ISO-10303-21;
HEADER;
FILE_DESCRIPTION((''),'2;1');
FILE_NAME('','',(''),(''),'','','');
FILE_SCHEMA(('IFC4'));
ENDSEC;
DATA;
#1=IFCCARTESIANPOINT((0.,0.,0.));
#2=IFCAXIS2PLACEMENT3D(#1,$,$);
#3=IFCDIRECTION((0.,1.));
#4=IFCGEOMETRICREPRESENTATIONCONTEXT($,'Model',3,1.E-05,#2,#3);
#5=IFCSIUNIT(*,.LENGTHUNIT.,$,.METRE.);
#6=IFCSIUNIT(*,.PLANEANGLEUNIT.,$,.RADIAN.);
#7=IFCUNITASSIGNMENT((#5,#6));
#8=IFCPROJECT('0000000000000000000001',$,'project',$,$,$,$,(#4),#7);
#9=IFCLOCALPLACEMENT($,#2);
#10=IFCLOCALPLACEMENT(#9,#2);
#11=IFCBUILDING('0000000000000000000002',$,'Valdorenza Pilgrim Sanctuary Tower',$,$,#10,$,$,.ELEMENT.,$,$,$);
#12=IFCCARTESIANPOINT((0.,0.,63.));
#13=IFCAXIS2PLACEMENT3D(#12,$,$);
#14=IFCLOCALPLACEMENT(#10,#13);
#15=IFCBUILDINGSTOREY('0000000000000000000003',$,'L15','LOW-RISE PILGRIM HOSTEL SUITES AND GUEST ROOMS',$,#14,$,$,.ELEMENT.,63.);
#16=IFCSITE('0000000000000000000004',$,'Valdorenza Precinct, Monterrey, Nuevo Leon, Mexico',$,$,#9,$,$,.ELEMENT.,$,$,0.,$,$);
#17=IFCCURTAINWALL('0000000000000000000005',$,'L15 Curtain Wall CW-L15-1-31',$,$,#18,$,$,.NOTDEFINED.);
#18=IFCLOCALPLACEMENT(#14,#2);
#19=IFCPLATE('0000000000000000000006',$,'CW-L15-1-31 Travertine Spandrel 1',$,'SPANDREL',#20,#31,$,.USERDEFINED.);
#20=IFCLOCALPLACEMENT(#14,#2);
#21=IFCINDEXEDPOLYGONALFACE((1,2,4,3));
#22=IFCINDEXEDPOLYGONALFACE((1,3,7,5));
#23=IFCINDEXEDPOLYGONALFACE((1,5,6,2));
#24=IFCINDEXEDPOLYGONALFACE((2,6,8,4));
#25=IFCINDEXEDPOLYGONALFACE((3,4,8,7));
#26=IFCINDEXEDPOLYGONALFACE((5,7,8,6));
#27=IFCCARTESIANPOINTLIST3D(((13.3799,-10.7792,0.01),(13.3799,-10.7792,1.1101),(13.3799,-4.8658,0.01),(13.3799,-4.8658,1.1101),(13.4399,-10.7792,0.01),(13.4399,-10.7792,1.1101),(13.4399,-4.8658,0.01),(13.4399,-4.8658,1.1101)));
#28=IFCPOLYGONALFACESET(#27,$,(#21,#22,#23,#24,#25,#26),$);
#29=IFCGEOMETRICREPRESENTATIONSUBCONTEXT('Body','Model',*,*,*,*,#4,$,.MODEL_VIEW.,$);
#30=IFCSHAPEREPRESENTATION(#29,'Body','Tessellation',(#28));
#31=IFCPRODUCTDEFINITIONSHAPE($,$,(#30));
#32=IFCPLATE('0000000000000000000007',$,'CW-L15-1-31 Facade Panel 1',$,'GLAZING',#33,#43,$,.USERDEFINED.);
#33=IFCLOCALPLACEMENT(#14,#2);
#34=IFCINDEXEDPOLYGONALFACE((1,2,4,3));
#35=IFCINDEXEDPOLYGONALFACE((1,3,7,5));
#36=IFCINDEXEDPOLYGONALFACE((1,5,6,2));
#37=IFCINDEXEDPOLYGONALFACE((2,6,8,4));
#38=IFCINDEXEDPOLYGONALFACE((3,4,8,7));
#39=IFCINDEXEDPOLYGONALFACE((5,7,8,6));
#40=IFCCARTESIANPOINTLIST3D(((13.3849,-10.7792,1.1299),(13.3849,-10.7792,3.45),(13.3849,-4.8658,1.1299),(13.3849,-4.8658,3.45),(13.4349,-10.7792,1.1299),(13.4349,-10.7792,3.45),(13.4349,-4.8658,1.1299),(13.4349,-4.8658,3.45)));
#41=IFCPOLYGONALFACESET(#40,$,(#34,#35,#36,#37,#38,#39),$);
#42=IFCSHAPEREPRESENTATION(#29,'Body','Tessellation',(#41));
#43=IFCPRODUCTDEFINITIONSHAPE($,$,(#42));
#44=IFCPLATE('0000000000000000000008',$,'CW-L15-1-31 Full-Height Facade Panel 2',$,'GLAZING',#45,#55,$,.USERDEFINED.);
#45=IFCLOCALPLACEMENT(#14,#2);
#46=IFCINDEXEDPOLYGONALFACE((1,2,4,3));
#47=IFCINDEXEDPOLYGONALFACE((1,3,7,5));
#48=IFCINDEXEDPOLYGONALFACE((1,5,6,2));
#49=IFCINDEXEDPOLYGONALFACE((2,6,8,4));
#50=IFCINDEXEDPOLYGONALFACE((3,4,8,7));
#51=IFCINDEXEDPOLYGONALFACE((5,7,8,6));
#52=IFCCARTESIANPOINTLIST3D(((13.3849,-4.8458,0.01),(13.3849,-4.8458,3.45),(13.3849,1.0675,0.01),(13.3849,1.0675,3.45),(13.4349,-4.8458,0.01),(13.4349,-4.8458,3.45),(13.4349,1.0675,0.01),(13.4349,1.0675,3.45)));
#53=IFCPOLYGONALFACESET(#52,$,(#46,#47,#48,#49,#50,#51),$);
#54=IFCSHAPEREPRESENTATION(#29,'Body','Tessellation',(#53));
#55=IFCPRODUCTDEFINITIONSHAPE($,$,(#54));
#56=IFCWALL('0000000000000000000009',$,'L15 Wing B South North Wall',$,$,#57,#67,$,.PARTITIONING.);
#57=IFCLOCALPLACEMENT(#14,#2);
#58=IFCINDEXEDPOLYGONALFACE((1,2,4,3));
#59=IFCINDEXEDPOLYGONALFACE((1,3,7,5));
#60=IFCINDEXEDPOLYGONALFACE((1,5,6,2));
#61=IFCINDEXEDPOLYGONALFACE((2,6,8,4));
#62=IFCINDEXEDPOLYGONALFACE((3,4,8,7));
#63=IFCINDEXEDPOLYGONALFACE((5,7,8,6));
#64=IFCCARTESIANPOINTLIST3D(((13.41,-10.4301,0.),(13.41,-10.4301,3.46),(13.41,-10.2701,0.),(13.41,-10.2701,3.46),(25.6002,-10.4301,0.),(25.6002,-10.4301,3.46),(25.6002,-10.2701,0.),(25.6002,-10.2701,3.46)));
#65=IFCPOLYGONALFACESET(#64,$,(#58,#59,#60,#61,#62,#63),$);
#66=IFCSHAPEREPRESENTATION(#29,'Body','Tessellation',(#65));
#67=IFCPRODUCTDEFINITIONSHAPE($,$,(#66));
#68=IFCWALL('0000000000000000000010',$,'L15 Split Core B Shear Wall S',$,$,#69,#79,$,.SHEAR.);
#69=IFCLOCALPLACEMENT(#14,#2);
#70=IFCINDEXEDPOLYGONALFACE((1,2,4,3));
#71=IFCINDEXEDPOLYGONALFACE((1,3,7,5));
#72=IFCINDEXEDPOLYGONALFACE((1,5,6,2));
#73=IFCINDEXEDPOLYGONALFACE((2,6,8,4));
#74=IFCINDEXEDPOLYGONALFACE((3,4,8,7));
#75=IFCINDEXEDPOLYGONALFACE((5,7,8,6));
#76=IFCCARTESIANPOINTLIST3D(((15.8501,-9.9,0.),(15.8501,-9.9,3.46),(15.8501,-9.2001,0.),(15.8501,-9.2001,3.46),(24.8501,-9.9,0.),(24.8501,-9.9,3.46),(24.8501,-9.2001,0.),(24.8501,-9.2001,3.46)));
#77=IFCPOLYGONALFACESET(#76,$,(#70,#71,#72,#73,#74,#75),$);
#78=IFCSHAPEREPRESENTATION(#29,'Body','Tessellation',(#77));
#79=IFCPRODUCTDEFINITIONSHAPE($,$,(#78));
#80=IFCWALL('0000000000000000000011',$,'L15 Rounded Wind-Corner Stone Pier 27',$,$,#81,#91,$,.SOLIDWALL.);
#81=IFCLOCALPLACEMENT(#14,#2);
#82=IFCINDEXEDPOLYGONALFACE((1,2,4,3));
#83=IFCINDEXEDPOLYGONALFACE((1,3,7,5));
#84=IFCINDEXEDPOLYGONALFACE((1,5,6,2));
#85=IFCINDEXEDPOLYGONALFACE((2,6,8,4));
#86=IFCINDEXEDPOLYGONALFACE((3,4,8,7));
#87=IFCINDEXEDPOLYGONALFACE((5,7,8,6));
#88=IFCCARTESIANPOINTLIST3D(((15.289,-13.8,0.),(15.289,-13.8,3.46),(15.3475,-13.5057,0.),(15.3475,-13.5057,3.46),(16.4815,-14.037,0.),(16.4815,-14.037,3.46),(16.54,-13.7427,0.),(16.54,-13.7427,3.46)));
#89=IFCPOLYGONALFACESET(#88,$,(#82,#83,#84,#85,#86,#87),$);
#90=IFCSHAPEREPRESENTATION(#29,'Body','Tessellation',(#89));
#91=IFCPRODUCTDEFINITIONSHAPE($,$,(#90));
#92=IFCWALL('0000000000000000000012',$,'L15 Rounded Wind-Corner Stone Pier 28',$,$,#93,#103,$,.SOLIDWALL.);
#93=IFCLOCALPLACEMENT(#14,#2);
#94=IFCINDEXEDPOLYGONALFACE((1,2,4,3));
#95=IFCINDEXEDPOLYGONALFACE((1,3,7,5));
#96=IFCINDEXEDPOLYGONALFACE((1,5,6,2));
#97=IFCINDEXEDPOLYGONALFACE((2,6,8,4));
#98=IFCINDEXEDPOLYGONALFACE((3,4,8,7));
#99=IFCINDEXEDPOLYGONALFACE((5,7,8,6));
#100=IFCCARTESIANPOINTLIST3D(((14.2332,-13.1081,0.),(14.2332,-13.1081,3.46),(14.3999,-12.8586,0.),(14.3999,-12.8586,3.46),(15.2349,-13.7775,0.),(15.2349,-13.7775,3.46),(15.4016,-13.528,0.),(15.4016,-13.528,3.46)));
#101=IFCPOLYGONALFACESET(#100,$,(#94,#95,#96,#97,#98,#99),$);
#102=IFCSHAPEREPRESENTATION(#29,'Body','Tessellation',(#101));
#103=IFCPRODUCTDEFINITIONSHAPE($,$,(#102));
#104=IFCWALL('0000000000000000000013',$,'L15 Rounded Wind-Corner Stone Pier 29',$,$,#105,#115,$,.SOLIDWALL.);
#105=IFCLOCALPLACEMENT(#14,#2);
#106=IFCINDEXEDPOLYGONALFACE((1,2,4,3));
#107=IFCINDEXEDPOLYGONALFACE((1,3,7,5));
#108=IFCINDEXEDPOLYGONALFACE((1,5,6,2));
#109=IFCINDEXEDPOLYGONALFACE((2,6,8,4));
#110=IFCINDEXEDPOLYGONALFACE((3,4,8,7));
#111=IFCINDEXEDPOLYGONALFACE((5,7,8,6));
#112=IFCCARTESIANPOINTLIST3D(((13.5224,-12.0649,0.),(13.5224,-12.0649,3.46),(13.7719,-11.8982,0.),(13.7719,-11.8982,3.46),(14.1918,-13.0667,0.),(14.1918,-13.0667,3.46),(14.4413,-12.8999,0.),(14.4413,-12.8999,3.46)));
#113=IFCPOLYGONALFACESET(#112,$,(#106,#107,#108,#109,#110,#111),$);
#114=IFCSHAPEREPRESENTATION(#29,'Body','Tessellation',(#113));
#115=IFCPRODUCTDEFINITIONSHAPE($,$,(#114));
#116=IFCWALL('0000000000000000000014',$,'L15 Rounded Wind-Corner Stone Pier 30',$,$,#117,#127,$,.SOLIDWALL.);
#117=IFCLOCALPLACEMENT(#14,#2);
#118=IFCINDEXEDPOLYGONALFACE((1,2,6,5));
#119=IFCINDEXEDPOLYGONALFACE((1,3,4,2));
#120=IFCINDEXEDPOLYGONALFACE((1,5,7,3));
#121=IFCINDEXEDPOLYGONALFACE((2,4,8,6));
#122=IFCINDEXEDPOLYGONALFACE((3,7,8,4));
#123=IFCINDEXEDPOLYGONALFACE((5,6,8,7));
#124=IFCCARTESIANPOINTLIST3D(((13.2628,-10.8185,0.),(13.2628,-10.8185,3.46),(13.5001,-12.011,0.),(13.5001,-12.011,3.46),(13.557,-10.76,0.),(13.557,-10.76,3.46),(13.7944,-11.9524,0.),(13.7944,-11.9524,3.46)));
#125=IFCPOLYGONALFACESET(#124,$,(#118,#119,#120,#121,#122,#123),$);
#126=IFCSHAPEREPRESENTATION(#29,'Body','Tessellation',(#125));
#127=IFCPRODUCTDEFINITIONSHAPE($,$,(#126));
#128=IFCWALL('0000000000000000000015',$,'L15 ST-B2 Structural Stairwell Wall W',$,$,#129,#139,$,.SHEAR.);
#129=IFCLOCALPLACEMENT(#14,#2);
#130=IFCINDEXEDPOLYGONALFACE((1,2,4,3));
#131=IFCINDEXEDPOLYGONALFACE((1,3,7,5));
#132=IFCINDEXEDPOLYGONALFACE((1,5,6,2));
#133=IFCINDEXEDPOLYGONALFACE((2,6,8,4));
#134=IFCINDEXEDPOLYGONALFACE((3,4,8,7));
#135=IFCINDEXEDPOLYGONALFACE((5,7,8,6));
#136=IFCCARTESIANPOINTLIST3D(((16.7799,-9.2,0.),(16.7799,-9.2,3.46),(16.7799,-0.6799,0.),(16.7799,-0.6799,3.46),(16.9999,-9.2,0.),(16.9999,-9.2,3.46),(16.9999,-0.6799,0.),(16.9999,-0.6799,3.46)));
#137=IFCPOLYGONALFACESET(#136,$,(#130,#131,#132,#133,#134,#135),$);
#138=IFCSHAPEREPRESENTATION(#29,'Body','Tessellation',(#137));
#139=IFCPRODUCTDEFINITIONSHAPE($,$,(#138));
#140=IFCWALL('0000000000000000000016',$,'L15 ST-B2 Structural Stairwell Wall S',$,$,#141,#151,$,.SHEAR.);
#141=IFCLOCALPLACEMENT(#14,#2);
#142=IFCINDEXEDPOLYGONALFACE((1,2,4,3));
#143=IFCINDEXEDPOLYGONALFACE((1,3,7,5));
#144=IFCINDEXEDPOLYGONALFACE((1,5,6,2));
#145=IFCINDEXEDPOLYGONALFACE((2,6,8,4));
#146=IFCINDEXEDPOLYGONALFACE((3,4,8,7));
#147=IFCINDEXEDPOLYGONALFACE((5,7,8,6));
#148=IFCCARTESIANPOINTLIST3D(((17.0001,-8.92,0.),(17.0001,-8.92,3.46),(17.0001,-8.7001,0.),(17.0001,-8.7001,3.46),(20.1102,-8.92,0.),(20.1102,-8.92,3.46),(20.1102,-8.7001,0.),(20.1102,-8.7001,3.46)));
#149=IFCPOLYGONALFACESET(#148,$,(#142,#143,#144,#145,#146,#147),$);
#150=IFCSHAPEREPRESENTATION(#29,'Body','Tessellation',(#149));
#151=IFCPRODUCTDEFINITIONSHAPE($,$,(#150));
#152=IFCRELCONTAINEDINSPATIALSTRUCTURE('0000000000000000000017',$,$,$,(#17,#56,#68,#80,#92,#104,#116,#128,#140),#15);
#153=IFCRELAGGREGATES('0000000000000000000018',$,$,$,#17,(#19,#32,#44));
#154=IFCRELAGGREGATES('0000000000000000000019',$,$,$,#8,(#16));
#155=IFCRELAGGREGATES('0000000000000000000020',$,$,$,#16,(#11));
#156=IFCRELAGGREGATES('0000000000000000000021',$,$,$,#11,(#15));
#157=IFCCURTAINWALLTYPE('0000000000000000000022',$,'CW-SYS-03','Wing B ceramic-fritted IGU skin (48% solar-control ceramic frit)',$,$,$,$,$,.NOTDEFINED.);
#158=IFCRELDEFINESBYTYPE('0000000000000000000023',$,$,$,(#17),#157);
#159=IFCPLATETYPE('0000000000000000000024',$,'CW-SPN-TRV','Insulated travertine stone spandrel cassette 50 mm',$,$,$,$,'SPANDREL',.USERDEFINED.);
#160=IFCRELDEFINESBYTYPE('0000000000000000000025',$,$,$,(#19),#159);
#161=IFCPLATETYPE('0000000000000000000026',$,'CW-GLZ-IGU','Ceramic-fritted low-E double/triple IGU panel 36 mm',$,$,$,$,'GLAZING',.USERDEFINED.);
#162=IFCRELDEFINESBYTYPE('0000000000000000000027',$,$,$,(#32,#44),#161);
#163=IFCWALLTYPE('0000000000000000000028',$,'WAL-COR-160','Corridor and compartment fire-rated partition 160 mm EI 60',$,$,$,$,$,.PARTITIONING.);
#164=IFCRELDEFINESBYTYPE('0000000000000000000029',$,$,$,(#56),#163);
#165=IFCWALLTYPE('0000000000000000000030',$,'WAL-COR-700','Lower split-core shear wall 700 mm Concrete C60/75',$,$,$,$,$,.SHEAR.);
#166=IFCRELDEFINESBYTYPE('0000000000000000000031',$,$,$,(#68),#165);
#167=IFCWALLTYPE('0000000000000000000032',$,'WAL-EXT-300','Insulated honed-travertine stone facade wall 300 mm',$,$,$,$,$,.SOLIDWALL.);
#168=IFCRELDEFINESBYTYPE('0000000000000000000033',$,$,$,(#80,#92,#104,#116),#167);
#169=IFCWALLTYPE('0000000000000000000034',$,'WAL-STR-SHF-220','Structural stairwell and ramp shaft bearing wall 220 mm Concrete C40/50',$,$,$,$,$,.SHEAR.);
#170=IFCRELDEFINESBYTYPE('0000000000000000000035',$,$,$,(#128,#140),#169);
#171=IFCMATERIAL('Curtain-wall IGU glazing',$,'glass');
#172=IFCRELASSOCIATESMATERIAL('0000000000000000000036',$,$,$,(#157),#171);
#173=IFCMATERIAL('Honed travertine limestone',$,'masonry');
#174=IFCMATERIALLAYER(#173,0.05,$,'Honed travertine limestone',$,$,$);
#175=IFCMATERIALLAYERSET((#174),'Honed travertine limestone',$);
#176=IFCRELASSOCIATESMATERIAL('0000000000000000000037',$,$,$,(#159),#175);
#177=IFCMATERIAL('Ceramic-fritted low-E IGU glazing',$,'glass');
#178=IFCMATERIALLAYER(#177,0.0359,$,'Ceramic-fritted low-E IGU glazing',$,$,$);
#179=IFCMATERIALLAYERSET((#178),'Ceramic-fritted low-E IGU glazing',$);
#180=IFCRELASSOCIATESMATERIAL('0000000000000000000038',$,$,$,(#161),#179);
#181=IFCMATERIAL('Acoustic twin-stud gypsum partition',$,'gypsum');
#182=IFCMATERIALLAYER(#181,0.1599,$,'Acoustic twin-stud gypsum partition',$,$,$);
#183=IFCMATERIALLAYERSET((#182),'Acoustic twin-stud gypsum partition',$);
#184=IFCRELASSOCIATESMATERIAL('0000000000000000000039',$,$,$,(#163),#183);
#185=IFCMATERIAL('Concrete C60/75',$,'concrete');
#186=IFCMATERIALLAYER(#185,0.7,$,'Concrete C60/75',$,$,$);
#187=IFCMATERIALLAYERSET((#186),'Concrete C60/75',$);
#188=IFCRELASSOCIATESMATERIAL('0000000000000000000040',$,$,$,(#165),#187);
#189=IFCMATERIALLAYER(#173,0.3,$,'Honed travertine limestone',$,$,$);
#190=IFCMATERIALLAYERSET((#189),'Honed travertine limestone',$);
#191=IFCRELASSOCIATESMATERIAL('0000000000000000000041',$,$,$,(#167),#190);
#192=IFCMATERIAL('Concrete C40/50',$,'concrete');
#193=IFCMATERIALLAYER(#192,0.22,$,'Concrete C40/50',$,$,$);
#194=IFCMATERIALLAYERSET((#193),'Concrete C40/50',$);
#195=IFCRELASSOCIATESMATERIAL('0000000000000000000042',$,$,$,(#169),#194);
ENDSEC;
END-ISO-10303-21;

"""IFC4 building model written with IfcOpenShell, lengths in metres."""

from ifc_helpers import new_model, si_unit, direction, frame, frame_2d, origin, origin_2d, place, context, subcontext, project, spatial, rectangle, extrude, source, transform, mapped, material, layer, layer_set, type_object, element, aggregate, save


model = new_model("IFC4")

# Units and contexts
model_context = context("Model", 3, precision=1e-05, world=origin(), true_north=direction((0.0, 1.0)))
body_context = subcontext(model_context, "Body", "Model", "MODEL_VIEW")
ifc_project = project(units=[si_unit("LENGTHUNIT", "METRE"), si_unit("PLANEANGLEUNIT", "RADIAN")], contexts=[model_context])

# Site, building, storey
site_placement = place(None, origin())
site = spatial("IfcSite", under=ifc_project, at=site_placement, Name="Valdorenza Precinct, Monterrey, Nuevo Leon, Mexico", CompositionType="ELEMENT", RefElevation=0.0)
building_placement = place(site_placement, origin())
building = spatial("IfcBuilding", under=site, at=building_placement, Name="Valdorenza Pilgrim Sanctuary Tower", CompositionType="ELEMENT")
storey_placement = place(building_placement, frame((0.0, 0.0, 63.0)))
storey = spatial("IfcBuildingStorey", under=building, at=storey_placement, Name="L15", Description="LOW-RISE PILGRIM HOSTEL SUITES AND GUEST ROOMS", CompositionType="ELEMENT", Elevation=63.0)

# Shared definitions
ifc_material_1 = material(Name="Concrete C60/75", Category="concrete")

# Shared definitions
ifc_material_2 = material(Name="Curtain-wall IGU glazing", Category="glass")
curtain_wall_type = type_object("IfcCurtainWallType", Name="CW-SYS-03", Description="Wing B ceramic-fritted IGU skin (48% solar-control ceramic frit)", PredefinedType="NOTDEFINED", material=ifc_material_2)

# Curtain wall, plates
curtain_wall_1_placement = place(storey_placement, origin())
curtain_wall_1 = element("IfcCurtainWall", 1, at=curtain_wall_1_placement, inside=storey, type_object=curtain_wall_type, Name="L15 Curtain Wall CW-L15-1-31", PredefinedType="NOTDEFINED")
ifc_material_3 = material(Name="Honed travertine limestone", Category="masonry")
ifc_layer_1 = layer(ifc_material_3, 0.05, Name="Honed travertine limestone")
ifc_layer_set_1 = layer_set([ifc_layer_1], Name="Honed travertine limestone")
plate_type_1 = type_object("IfcPlateType", Name="CW-SPN-TRV", Description="Insulated travertine stone spandrel cassette 50 mm", ElementType="SPANDREL", PredefinedType="USERDEFINED", material=ifc_layer_set_1)
shared_shape_1 = source(origin(), body_context, "Body", "SweptSolid", [
    extrude(rectangle(XDim=5.9133, YDim=0.0601, at=origin_2d()), origin(), (0.0, 0.0, 1.0), 1.1001),
])
plate_1_placement = place(storey_placement, frame((13.4099, -7.8225, 0.01), z_axis=(0.0, 0.0, 1.0), x_axis=(0.0, 1.0, 0.0)))
plate_1 = element("IfcPlate", 2, at=plate_1_placement, type_object=plate_type_1, Name="CW-L15-1-31 Travertine Spandrel 1", ObjectType="SPANDREL", PredefinedType="USERDEFINED", context=body_context, shape_type="MappedRepresentation", body=[
    mapped(shared_shape_1, transform((0.0, 0.0, 0.0), x_axis=(1.0, 0.0, 0.0), y_axis=(0.0, 1.0, 0.0), z_axis=(0.0, 0.0, 1.0), scale=1.0)),
])
ifc_material_4 = material(Name="Ceramic-fritted low-E IGU glazing", Category="glass")
ifc_layer_2 = layer(ifc_material_4, 0.0359, Name="Ceramic-fritted low-E IGU glazing")
ifc_layer_set_2 = layer_set([ifc_layer_2], Name="Ceramic-fritted low-E IGU glazing")
plate_type_2 = type_object("IfcPlateType", Name="CW-GLZ-IGU", Description="Ceramic-fritted low-E double/triple IGU panel 36 mm", ElementType="GLAZING", PredefinedType="USERDEFINED", material=ifc_layer_set_2)
shared_shape_2 = source(origin(), body_context, "Body", "SweptSolid", [
    extrude(rectangle(XDim=5.9133, YDim=0.05, at=origin_2d()), origin(), (0.0, 0.0, 1.0), 2.3201),
])
plate_2_placement = place(storey_placement, frame((13.4099, -7.8225, 1.1299), z_axis=(0.0, 0.0, 1.0), x_axis=(0.0, 1.0, 0.0)))
plate_2 = element("IfcPlate", 3, at=plate_2_placement, type_object=plate_type_2, Name="CW-L15-1-31 Facade Panel 1", ObjectType="GLAZING", PredefinedType="USERDEFINED", context=body_context, shape_type="MappedRepresentation", body=[
    mapped(shared_shape_2, transform((0.0, 0.0, 0.0), x_axis=(1.0, 0.0, 0.0), y_axis=(0.0, 1.0, 0.0), z_axis=(0.0, 0.0, 1.0), scale=1.0)),
])
shared_shape_3 = source(origin(), body_context, "Body", "SweptSolid", [
    extrude(rectangle(XDim=5.9133, YDim=0.05, at=origin_2d()), origin(), (0.0, 0.0, 1.0), 3.4399),
])
plate_3_placement = place(storey_placement, frame((13.4099, -1.8892, 0.01), z_axis=(0.0, 0.0, 1.0), x_axis=(0.0, 1.0, 0.0)))
plate_3 = element("IfcPlate", 4, at=plate_3_placement, type_object=plate_type_2, Name="CW-L15-1-31 Full-Height Facade Panel 2", ObjectType="GLAZING", PredefinedType="USERDEFINED", context=body_context, shape_type="MappedRepresentation", body=[
    mapped(shared_shape_3, transform((0.0, 0.0, 0.0), x_axis=(1.0, 0.0, 0.0), y_axis=(0.0, 1.0, 0.0), z_axis=(0.0, 0.0, 1.0), scale=1.0)),
])
aggregate(curtain_wall_1, [plate_1, plate_2, plate_3])

# Walls
ifc_material_5 = material(Name="Acoustic twin-stud gypsum partition", Category="gypsum")
ifc_layer_3 = layer(ifc_material_5, 0.1599, Name="Acoustic twin-stud gypsum partition")
ifc_layer_set_3 = layer_set([ifc_layer_3], Name="Acoustic twin-stud gypsum partition")
wall_type_1 = type_object("IfcWallType", Name="WAL-COR-160", Description="Corridor and compartment fire-rated partition 160 mm EI 60", PredefinedType="PARTITIONING", material=ifc_layer_set_3)
wall_1_placement = place(storey_placement, frame((13.4099, -10.3501, 0.0), z_axis=(0.0, 0.0, 1.0), x_axis=(1.0, 0.0, 0.0)))
element("IfcWall", 5, at=wall_1_placement, inside=storey, type_object=wall_type_1, Name="L15 Wing B South North Wall", PredefinedType="PARTITIONING", context=body_context, shape_type="SweptSolid", body=[
    extrude(rectangle(XDim=12.1902, YDim=0.1599, at=frame_2d((6.0952, 0.0))), origin(), (0.0, 0.0, 1.0), 3.46),
])
ifc_layer_4 = layer(ifc_material_1, 0.7, Name="Concrete C60/75")
ifc_layer_set_4 = layer_set([ifc_layer_4], Name="Concrete C60/75")
wall_type_2 = type_object("IfcWallType", Name="WAL-COR-700", Description="Lower split-core shear wall 700 mm Concrete C60/75", PredefinedType="SHEAR", material=ifc_layer_set_4)
wall_2_placement = place(storey_placement, frame((15.8501, -9.55, 0.0), z_axis=(0.0, 0.0, 1.0), x_axis=(1.0, 0.0, 0.0)))
element("IfcWall", 6, at=wall_2_placement, inside=storey, type_object=wall_type_2, Name="L15 Split Core B Shear Wall S", PredefinedType="SHEAR", context=body_context, shape_type="SweptSolid", body=[
    extrude(rectangle(XDim=9.0, YDim=0.7, at=frame_2d((4.5, 0.0))), origin(), (0.0, 0.0, 1.0), 3.46),
])
ifc_layer_5 = layer(ifc_material_3, 0.3, Name="Honed travertine limestone")
ifc_layer_set_5 = layer_set([ifc_layer_5], Name="Honed travertine limestone")
wall_type_3 = type_object("IfcWallType", Name="WAL-EXT-300", Description="Insulated honed-travertine stone facade wall 300 mm", PredefinedType="SOLIDWALL", material=ifc_layer_set_5)
wall_3_placement = place(storey_placement, frame((16.5107, -13.8899, 0.0), z_axis=(0.0, 0.0, 1.0), x_axis=(-0.980804, 0.194996, 0.0)))
element("IfcWall", 7, at=wall_3_placement, inside=storey, type_object=wall_type_3, Name="L15 Rounded Wind-Corner Stone Pier 27", PredefinedType="SOLIDWALL", context=body_context, shape_type="SweptSolid", body=[
    extrude(rectangle(XDim=1.2158, YDim=0.3, at=frame_2d((0.6079, 0.0))), origin(), (0.0, 0.0, 1.0), 3.46),
])
for number, where, z_axis, x_axis, name in (
    (8, (15.3184, -13.6528, 0.0), (0.0, 0.0, 1.0), (-0.831426, 0.555635, 0.0), "L15 Rounded Wind-Corner Stone Pier 28"),
    (9, (14.3167, -12.9834, 0.0), (0.0, 0.0, 1.0), (-0.555635, 0.831426, 0.0), "L15 Rounded Wind-Corner Stone Pier 29"),
):
    element("IfcWall", number, at=place(storey_placement, frame(where, z_axis=z_axis, x_axis=x_axis)), inside=storey, type_object=wall_type_3, Name=name, PredefinedType="SOLIDWALL", context=body_context, shape_type="SweptSolid", body=[
        extrude(rectangle(XDim=1.2048, YDim=0.3, at=frame_2d((0.6025, 0.0))), origin(), (0.0, 0.0, 1.0), 3.46),
    ])
wall_4_placement = place(storey_placement, frame((13.6472, -11.9817, 0.0), z_axis=(0.0, 0.0, 1.0), x_axis=(-0.195189, 0.980766, 0.0)))
element("IfcWall", 10, at=wall_4_placement, inside=storey, type_object=wall_type_3, Name="L15 Rounded Wind-Corner Stone Pier 30", PredefinedType="SOLIDWALL", context=body_context, shape_type="SweptSolid", body=[
    extrude(rectangle(XDim=1.2158, YDim=0.3, at=frame_2d((0.6079, 0.0))), origin(), (0.0, 0.0, 1.0), 3.46),
])
ifc_material_6 = material(Name="Concrete C40/50", Category="concrete")
ifc_layer_6 = layer(ifc_material_6, 0.22, Name="Concrete C40/50")
ifc_layer_set_6 = layer_set([ifc_layer_6], Name="Concrete C40/50")
wall_type_4 = type_object("IfcWallType", Name="WAL-STR-SHF-220", Description="Structural stairwell and ramp shaft bearing wall 220 mm Concrete C40/50", PredefinedType="SHEAR", material=ifc_layer_set_6)
wall_5_placement = place(storey_placement, frame((16.8899, -9.2, 0.0), z_axis=(0.0, 0.0, 1.0), x_axis=(0.0, 1.0, 0.0)))
element("IfcWall", 11, at=wall_5_placement, inside=storey, type_object=wall_type_4, Name="L15 ST-B2 Structural Stairwell Wall W", PredefinedType="SHEAR", context=body_context, shape_type="SweptSolid", body=[
    extrude(rectangle(XDim=8.52, YDim=0.22, at=frame_2d((4.26, 0.0))), origin(), (0.0, 0.0, 1.0), 3.46),
])
wall_6_placement = place(storey_placement, frame((17.0, -8.8101, 0.0), z_axis=(0.0, 0.0, 1.0), x_axis=(1.0, 0.0, 0.0)))
element("IfcWall", 12, at=wall_6_placement, inside=storey, type_object=wall_type_4, Name="L15 ST-B2 Structural Stairwell Wall S", PredefinedType="SHEAR", context=body_context, shape_type="SweptSolid", body=[
    extrude(rectangle(XDim=3.1101, YDim=0.22, at=frame_2d((1.5552, 0.0))), origin(), (0.0, 0.0, 1.0), 3.46),
])

save(model, "model.ifc")
